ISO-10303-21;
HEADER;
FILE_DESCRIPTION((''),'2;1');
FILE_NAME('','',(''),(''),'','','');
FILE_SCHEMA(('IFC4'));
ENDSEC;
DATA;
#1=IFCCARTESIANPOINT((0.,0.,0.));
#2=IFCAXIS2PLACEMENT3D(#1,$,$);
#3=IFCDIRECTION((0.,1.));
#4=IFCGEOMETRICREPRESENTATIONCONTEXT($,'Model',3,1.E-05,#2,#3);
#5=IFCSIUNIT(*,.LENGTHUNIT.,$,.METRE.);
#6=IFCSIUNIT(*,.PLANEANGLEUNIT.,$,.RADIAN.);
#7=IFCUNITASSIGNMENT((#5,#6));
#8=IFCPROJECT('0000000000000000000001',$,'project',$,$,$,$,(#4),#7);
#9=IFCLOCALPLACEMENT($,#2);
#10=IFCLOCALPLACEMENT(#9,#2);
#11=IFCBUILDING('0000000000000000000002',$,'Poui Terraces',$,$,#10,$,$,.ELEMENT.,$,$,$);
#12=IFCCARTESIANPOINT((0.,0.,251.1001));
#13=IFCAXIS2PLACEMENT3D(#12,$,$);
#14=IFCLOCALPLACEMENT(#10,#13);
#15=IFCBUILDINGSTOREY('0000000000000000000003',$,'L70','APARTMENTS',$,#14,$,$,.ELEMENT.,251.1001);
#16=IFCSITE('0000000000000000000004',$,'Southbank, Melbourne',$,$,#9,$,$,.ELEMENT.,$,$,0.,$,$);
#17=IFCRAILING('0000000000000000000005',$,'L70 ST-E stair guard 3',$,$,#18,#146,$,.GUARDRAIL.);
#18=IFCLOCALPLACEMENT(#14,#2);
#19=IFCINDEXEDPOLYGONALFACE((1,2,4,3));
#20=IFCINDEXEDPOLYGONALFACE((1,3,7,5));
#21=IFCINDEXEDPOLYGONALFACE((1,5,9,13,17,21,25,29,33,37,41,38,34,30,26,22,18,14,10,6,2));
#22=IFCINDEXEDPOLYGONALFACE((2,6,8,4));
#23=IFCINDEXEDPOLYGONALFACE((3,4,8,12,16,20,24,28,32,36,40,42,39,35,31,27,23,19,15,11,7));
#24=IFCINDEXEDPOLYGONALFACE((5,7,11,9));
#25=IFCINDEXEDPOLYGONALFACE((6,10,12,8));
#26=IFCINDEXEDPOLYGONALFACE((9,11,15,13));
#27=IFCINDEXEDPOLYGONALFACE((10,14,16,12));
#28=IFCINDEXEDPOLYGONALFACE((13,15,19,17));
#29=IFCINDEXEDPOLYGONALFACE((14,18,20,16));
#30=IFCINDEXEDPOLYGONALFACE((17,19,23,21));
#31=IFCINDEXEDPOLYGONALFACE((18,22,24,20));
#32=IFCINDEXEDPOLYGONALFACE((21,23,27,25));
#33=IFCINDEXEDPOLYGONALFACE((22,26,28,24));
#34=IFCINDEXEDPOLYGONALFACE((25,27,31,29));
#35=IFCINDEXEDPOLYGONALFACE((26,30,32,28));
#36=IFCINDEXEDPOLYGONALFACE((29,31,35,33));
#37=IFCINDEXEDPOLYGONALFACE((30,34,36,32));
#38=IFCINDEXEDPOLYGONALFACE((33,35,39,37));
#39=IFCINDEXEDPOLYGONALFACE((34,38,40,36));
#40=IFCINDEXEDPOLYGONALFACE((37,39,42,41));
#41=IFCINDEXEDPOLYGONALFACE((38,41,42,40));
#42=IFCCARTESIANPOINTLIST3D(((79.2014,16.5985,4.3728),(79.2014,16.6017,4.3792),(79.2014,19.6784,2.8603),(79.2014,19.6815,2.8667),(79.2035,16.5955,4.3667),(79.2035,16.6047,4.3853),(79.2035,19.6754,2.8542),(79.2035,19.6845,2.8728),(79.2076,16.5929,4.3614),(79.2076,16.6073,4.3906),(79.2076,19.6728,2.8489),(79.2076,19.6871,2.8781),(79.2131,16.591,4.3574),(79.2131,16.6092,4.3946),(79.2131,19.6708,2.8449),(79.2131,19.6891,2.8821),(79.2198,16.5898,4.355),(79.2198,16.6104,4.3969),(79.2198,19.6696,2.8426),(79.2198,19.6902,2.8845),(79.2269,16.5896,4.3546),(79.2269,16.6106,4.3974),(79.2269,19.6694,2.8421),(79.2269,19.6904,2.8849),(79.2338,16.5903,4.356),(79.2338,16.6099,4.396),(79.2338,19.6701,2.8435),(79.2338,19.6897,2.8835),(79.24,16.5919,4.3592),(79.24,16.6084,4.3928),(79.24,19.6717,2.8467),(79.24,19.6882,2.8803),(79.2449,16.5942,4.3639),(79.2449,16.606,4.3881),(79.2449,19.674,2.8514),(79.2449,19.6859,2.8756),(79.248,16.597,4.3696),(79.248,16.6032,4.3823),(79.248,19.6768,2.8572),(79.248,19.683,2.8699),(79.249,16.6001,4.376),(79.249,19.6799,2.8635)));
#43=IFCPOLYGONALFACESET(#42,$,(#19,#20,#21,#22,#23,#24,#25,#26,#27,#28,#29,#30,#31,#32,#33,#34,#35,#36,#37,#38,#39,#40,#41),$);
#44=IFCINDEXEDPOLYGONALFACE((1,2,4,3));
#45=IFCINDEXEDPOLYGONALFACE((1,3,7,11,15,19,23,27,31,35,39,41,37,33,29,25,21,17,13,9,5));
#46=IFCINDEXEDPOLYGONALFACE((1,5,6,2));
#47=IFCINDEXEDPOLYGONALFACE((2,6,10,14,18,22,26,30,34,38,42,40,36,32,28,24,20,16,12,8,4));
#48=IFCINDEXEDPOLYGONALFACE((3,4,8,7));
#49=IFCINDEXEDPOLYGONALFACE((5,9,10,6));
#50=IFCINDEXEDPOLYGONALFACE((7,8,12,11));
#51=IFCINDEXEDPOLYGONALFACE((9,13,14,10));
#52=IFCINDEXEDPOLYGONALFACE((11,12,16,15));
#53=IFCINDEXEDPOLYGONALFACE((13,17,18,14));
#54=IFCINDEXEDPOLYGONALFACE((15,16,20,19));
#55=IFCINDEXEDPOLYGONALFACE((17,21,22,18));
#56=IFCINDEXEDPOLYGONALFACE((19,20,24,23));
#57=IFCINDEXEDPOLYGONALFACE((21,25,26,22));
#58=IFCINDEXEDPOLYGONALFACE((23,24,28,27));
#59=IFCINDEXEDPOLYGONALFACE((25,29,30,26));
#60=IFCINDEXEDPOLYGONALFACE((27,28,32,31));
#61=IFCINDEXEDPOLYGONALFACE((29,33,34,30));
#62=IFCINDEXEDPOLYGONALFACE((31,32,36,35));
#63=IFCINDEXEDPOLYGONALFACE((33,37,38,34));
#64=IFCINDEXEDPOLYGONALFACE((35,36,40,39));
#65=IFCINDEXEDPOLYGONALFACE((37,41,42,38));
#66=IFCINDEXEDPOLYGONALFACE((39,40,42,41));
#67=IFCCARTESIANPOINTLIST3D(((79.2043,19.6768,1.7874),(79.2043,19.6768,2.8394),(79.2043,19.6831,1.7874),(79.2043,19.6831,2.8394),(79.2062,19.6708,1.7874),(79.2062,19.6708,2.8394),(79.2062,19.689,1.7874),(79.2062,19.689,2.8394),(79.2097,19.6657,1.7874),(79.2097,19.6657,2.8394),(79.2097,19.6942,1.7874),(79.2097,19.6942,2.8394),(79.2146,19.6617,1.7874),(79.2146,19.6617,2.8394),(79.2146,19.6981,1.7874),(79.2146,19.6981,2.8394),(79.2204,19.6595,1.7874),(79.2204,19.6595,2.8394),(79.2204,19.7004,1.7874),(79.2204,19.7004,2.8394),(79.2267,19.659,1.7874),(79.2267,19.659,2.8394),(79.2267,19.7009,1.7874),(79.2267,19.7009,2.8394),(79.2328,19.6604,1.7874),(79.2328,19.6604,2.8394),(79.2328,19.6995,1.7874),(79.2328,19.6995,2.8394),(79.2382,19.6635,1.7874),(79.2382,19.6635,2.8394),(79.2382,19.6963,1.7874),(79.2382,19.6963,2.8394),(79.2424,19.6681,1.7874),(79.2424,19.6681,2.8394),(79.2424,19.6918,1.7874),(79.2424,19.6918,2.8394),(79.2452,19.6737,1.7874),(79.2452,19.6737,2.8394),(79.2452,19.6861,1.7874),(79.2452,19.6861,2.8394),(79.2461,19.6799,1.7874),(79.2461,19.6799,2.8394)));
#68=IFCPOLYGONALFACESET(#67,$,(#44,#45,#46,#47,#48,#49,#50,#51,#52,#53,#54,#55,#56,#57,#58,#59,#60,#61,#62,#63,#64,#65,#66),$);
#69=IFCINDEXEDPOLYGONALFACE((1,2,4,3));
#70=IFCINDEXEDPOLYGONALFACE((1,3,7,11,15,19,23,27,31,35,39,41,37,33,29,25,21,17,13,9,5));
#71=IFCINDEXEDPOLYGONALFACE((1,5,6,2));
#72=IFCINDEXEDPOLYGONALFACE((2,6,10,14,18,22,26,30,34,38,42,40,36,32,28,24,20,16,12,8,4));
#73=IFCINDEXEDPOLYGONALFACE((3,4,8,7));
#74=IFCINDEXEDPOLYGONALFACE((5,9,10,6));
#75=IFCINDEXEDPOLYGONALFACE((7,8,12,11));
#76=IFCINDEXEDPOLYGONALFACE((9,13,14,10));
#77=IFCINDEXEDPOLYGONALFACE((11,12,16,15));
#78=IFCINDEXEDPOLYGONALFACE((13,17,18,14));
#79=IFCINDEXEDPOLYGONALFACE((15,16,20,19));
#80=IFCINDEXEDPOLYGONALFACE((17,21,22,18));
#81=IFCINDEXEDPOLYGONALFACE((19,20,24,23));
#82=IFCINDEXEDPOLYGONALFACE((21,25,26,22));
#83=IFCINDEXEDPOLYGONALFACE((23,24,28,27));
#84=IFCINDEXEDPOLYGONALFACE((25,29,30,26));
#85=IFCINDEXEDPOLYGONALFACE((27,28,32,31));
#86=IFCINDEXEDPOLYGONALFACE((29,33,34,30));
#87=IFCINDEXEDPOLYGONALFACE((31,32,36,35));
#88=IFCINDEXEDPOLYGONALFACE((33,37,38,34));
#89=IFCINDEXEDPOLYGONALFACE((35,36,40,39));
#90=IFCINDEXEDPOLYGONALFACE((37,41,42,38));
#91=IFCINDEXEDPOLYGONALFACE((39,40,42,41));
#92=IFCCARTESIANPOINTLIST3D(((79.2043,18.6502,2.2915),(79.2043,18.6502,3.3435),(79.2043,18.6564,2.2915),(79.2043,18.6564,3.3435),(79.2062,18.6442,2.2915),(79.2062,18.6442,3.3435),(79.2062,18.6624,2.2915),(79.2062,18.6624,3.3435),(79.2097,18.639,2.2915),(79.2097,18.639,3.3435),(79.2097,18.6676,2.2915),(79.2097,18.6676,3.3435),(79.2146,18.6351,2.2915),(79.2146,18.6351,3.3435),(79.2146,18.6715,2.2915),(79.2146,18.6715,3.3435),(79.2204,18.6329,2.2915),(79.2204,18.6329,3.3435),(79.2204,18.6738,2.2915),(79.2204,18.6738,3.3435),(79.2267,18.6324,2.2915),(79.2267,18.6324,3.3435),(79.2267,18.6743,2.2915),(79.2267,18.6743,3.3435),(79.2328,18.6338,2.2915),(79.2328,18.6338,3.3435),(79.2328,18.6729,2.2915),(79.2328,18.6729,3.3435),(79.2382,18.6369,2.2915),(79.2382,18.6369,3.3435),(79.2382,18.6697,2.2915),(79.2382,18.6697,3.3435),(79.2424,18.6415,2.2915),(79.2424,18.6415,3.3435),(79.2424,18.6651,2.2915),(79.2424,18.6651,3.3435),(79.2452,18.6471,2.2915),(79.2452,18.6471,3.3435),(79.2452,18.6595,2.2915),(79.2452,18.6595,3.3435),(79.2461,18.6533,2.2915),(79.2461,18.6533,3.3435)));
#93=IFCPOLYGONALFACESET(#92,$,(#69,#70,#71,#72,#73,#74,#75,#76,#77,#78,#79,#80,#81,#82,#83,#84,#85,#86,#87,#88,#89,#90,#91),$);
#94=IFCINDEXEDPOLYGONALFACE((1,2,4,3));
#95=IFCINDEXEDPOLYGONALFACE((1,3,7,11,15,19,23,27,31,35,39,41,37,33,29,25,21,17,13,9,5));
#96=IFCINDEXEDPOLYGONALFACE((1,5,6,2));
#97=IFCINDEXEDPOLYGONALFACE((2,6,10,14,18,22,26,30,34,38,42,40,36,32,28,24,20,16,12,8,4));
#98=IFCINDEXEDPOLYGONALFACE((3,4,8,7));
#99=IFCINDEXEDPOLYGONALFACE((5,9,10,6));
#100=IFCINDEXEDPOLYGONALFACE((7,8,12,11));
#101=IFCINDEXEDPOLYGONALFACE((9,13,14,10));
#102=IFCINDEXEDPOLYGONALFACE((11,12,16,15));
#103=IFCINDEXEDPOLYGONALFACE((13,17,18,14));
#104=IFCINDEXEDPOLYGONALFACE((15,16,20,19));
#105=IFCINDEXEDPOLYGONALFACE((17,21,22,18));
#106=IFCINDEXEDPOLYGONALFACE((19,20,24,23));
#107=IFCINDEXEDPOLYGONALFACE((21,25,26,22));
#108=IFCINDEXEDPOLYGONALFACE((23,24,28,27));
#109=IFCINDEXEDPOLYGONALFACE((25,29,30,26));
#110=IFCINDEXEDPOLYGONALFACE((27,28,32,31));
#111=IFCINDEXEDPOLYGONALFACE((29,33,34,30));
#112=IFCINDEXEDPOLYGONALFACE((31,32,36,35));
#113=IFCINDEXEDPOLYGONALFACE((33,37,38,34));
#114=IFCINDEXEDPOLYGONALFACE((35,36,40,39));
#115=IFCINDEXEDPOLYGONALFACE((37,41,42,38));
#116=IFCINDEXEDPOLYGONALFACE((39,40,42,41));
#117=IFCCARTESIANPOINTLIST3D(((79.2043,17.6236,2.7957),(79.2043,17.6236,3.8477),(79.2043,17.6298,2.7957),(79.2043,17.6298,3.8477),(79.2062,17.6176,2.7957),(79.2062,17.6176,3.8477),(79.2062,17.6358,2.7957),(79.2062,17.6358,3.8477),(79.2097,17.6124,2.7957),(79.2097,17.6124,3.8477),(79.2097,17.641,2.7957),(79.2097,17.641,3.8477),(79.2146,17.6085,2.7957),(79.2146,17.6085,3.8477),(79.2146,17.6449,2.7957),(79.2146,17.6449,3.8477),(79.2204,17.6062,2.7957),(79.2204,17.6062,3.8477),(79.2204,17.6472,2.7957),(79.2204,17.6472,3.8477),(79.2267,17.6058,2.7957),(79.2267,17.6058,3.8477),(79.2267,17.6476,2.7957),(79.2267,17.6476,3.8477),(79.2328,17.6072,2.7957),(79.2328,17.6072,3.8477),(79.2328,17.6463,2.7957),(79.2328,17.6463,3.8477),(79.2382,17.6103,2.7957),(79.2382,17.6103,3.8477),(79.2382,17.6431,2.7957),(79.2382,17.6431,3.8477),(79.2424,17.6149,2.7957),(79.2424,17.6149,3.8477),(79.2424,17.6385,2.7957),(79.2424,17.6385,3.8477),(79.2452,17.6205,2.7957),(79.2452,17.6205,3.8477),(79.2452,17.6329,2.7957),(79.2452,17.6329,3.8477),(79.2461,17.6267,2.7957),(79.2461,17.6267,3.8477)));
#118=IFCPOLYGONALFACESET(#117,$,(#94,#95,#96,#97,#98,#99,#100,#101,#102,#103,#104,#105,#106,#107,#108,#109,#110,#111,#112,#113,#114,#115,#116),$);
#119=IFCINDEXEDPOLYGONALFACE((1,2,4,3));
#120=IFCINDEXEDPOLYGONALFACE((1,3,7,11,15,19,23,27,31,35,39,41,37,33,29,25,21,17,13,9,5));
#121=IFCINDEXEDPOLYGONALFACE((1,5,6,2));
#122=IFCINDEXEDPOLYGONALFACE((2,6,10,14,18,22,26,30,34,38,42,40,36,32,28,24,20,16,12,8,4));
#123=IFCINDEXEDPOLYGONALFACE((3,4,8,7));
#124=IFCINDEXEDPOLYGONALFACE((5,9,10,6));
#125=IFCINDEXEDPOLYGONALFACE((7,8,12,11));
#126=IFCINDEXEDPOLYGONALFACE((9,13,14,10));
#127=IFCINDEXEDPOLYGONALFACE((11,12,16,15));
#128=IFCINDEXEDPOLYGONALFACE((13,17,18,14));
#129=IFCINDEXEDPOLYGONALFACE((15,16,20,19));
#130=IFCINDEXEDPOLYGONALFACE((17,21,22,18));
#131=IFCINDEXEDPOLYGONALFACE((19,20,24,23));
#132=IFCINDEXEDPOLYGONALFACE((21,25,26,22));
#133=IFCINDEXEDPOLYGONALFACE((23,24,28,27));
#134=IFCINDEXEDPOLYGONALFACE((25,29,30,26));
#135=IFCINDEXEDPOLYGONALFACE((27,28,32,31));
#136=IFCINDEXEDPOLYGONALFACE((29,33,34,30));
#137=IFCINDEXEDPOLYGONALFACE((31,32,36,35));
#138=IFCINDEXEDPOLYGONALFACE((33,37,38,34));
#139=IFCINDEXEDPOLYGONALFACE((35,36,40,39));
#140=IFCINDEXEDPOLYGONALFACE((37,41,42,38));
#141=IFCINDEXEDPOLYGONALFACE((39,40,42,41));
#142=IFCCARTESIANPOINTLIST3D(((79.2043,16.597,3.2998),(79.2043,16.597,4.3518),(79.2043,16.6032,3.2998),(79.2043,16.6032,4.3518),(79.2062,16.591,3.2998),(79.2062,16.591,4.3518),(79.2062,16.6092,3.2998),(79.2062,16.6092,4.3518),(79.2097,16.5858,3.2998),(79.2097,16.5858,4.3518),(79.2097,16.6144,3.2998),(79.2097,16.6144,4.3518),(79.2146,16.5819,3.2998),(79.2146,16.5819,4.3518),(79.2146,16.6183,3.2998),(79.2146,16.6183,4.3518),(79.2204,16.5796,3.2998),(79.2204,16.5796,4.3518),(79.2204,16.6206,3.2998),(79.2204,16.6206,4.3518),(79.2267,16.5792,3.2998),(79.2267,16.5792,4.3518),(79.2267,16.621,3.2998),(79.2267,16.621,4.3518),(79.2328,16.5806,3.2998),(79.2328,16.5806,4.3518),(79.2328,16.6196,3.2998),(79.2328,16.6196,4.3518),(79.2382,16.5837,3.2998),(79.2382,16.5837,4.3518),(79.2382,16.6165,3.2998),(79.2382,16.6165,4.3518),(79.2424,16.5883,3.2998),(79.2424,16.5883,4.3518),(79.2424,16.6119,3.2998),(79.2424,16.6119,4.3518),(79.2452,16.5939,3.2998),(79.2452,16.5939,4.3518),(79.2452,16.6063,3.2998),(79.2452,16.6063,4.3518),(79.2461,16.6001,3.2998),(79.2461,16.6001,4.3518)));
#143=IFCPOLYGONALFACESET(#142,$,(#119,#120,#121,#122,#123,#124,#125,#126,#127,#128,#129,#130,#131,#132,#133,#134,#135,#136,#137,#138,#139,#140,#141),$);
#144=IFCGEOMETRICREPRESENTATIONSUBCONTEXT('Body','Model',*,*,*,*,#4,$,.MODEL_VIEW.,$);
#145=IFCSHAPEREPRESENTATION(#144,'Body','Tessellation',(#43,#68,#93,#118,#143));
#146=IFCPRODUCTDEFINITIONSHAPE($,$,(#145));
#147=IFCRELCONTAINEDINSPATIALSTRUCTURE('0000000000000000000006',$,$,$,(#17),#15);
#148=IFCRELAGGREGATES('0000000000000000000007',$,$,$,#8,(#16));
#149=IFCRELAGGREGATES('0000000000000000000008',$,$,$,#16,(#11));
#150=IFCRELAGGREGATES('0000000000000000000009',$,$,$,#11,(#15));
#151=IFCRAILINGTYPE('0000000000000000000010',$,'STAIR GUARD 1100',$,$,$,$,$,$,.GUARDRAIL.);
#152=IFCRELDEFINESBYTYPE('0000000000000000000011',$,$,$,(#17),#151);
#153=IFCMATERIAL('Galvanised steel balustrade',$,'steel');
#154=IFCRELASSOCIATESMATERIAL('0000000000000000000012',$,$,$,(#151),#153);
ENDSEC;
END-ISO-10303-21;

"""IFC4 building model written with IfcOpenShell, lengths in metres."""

from ifc_helpers import new_model, si_unit, direction, frame, origin, origin_2d, place, context, subcontext, project, spatial, circle, extrude, material, type_object, element, save


model = new_model("IFC4")

# Units and contexts
model_context = context("Model", 3, precision=1e-05, world=origin(), true_north=direction((0.0, 1.0)))
body_context = subcontext(model_context, "Body", "Model", "MODEL_VIEW")
ifc_project = project(units=[si_unit("LENGTHUNIT", "METRE"), si_unit("PLANEANGLEUNIT", "RADIAN")], contexts=[model_context])

# Site, building, storey
site_placement = place(None, origin())
site = spatial("IfcSite", under=ifc_project, at=site_placement, Name="Southbank, Melbourne", CompositionType="ELEMENT", RefElevation=0.0)
building_placement = place(site_placement, origin())
building = spatial("IfcBuilding", under=site, at=building_placement, Name="Poui Terraces", CompositionType="ELEMENT")
storey_placement = place(building_placement, frame((0.0, 0.0, 251.1001)))
storey = spatial("IfcBuildingStorey", under=building, at=storey_placement, Name="L70", Description="APARTMENTS", CompositionType="ELEMENT", Elevation=251.1001)

# Railing
ifc_material_1 = material(Name="Galvanised steel balustrade", Category="steel")
railing_type = type_object("IfcRailingType", Name="STAIR GUARD 1100", PredefinedType="GUARDRAIL", material=ifc_material_1)
railing_placement = place(storey_placement, frame((79.2251, 19.6799, 1.7874)))
element("IfcRailing", 1, at=railing_placement, inside=storey, type_object=railing_type, Name="L70 ST-E stair guard 3", PredefinedType="GUARDRAIL", context=body_context, shape_type="SweptSolid", body=[
    extrude(circle(Radius=0.0239, at=origin_2d()), frame((0.0, 0.0, 1.0762), z_axis=(0.0, -0.897606, 0.440798), x_axis=(1.0, 0.0, 0.0)), (0.0, 0.0, 1.0), 3.4312),
    extrude(circle(Radius=0.021, at=origin_2d()), origin(), (0.0, 0.0, 1.0), 1.052),
    extrude(circle(Radius=0.021, at=origin_2d()), frame((0.0, -1.0266, 0.5042)), (0.0, 0.0, 1.0), 1.052),
    extrude(circle(Radius=0.021, at=origin_2d()), frame((0.0, -2.0532, 1.0083)), (0.0, 0.0, 1.0), 1.052),
    extrude(circle(Radius=0.021, at=origin_2d()), frame((0.0, -3.0798, 1.5125)), (0.0, 0.0, 1.0), 1.052),
])

save(model, "model.ifc")
